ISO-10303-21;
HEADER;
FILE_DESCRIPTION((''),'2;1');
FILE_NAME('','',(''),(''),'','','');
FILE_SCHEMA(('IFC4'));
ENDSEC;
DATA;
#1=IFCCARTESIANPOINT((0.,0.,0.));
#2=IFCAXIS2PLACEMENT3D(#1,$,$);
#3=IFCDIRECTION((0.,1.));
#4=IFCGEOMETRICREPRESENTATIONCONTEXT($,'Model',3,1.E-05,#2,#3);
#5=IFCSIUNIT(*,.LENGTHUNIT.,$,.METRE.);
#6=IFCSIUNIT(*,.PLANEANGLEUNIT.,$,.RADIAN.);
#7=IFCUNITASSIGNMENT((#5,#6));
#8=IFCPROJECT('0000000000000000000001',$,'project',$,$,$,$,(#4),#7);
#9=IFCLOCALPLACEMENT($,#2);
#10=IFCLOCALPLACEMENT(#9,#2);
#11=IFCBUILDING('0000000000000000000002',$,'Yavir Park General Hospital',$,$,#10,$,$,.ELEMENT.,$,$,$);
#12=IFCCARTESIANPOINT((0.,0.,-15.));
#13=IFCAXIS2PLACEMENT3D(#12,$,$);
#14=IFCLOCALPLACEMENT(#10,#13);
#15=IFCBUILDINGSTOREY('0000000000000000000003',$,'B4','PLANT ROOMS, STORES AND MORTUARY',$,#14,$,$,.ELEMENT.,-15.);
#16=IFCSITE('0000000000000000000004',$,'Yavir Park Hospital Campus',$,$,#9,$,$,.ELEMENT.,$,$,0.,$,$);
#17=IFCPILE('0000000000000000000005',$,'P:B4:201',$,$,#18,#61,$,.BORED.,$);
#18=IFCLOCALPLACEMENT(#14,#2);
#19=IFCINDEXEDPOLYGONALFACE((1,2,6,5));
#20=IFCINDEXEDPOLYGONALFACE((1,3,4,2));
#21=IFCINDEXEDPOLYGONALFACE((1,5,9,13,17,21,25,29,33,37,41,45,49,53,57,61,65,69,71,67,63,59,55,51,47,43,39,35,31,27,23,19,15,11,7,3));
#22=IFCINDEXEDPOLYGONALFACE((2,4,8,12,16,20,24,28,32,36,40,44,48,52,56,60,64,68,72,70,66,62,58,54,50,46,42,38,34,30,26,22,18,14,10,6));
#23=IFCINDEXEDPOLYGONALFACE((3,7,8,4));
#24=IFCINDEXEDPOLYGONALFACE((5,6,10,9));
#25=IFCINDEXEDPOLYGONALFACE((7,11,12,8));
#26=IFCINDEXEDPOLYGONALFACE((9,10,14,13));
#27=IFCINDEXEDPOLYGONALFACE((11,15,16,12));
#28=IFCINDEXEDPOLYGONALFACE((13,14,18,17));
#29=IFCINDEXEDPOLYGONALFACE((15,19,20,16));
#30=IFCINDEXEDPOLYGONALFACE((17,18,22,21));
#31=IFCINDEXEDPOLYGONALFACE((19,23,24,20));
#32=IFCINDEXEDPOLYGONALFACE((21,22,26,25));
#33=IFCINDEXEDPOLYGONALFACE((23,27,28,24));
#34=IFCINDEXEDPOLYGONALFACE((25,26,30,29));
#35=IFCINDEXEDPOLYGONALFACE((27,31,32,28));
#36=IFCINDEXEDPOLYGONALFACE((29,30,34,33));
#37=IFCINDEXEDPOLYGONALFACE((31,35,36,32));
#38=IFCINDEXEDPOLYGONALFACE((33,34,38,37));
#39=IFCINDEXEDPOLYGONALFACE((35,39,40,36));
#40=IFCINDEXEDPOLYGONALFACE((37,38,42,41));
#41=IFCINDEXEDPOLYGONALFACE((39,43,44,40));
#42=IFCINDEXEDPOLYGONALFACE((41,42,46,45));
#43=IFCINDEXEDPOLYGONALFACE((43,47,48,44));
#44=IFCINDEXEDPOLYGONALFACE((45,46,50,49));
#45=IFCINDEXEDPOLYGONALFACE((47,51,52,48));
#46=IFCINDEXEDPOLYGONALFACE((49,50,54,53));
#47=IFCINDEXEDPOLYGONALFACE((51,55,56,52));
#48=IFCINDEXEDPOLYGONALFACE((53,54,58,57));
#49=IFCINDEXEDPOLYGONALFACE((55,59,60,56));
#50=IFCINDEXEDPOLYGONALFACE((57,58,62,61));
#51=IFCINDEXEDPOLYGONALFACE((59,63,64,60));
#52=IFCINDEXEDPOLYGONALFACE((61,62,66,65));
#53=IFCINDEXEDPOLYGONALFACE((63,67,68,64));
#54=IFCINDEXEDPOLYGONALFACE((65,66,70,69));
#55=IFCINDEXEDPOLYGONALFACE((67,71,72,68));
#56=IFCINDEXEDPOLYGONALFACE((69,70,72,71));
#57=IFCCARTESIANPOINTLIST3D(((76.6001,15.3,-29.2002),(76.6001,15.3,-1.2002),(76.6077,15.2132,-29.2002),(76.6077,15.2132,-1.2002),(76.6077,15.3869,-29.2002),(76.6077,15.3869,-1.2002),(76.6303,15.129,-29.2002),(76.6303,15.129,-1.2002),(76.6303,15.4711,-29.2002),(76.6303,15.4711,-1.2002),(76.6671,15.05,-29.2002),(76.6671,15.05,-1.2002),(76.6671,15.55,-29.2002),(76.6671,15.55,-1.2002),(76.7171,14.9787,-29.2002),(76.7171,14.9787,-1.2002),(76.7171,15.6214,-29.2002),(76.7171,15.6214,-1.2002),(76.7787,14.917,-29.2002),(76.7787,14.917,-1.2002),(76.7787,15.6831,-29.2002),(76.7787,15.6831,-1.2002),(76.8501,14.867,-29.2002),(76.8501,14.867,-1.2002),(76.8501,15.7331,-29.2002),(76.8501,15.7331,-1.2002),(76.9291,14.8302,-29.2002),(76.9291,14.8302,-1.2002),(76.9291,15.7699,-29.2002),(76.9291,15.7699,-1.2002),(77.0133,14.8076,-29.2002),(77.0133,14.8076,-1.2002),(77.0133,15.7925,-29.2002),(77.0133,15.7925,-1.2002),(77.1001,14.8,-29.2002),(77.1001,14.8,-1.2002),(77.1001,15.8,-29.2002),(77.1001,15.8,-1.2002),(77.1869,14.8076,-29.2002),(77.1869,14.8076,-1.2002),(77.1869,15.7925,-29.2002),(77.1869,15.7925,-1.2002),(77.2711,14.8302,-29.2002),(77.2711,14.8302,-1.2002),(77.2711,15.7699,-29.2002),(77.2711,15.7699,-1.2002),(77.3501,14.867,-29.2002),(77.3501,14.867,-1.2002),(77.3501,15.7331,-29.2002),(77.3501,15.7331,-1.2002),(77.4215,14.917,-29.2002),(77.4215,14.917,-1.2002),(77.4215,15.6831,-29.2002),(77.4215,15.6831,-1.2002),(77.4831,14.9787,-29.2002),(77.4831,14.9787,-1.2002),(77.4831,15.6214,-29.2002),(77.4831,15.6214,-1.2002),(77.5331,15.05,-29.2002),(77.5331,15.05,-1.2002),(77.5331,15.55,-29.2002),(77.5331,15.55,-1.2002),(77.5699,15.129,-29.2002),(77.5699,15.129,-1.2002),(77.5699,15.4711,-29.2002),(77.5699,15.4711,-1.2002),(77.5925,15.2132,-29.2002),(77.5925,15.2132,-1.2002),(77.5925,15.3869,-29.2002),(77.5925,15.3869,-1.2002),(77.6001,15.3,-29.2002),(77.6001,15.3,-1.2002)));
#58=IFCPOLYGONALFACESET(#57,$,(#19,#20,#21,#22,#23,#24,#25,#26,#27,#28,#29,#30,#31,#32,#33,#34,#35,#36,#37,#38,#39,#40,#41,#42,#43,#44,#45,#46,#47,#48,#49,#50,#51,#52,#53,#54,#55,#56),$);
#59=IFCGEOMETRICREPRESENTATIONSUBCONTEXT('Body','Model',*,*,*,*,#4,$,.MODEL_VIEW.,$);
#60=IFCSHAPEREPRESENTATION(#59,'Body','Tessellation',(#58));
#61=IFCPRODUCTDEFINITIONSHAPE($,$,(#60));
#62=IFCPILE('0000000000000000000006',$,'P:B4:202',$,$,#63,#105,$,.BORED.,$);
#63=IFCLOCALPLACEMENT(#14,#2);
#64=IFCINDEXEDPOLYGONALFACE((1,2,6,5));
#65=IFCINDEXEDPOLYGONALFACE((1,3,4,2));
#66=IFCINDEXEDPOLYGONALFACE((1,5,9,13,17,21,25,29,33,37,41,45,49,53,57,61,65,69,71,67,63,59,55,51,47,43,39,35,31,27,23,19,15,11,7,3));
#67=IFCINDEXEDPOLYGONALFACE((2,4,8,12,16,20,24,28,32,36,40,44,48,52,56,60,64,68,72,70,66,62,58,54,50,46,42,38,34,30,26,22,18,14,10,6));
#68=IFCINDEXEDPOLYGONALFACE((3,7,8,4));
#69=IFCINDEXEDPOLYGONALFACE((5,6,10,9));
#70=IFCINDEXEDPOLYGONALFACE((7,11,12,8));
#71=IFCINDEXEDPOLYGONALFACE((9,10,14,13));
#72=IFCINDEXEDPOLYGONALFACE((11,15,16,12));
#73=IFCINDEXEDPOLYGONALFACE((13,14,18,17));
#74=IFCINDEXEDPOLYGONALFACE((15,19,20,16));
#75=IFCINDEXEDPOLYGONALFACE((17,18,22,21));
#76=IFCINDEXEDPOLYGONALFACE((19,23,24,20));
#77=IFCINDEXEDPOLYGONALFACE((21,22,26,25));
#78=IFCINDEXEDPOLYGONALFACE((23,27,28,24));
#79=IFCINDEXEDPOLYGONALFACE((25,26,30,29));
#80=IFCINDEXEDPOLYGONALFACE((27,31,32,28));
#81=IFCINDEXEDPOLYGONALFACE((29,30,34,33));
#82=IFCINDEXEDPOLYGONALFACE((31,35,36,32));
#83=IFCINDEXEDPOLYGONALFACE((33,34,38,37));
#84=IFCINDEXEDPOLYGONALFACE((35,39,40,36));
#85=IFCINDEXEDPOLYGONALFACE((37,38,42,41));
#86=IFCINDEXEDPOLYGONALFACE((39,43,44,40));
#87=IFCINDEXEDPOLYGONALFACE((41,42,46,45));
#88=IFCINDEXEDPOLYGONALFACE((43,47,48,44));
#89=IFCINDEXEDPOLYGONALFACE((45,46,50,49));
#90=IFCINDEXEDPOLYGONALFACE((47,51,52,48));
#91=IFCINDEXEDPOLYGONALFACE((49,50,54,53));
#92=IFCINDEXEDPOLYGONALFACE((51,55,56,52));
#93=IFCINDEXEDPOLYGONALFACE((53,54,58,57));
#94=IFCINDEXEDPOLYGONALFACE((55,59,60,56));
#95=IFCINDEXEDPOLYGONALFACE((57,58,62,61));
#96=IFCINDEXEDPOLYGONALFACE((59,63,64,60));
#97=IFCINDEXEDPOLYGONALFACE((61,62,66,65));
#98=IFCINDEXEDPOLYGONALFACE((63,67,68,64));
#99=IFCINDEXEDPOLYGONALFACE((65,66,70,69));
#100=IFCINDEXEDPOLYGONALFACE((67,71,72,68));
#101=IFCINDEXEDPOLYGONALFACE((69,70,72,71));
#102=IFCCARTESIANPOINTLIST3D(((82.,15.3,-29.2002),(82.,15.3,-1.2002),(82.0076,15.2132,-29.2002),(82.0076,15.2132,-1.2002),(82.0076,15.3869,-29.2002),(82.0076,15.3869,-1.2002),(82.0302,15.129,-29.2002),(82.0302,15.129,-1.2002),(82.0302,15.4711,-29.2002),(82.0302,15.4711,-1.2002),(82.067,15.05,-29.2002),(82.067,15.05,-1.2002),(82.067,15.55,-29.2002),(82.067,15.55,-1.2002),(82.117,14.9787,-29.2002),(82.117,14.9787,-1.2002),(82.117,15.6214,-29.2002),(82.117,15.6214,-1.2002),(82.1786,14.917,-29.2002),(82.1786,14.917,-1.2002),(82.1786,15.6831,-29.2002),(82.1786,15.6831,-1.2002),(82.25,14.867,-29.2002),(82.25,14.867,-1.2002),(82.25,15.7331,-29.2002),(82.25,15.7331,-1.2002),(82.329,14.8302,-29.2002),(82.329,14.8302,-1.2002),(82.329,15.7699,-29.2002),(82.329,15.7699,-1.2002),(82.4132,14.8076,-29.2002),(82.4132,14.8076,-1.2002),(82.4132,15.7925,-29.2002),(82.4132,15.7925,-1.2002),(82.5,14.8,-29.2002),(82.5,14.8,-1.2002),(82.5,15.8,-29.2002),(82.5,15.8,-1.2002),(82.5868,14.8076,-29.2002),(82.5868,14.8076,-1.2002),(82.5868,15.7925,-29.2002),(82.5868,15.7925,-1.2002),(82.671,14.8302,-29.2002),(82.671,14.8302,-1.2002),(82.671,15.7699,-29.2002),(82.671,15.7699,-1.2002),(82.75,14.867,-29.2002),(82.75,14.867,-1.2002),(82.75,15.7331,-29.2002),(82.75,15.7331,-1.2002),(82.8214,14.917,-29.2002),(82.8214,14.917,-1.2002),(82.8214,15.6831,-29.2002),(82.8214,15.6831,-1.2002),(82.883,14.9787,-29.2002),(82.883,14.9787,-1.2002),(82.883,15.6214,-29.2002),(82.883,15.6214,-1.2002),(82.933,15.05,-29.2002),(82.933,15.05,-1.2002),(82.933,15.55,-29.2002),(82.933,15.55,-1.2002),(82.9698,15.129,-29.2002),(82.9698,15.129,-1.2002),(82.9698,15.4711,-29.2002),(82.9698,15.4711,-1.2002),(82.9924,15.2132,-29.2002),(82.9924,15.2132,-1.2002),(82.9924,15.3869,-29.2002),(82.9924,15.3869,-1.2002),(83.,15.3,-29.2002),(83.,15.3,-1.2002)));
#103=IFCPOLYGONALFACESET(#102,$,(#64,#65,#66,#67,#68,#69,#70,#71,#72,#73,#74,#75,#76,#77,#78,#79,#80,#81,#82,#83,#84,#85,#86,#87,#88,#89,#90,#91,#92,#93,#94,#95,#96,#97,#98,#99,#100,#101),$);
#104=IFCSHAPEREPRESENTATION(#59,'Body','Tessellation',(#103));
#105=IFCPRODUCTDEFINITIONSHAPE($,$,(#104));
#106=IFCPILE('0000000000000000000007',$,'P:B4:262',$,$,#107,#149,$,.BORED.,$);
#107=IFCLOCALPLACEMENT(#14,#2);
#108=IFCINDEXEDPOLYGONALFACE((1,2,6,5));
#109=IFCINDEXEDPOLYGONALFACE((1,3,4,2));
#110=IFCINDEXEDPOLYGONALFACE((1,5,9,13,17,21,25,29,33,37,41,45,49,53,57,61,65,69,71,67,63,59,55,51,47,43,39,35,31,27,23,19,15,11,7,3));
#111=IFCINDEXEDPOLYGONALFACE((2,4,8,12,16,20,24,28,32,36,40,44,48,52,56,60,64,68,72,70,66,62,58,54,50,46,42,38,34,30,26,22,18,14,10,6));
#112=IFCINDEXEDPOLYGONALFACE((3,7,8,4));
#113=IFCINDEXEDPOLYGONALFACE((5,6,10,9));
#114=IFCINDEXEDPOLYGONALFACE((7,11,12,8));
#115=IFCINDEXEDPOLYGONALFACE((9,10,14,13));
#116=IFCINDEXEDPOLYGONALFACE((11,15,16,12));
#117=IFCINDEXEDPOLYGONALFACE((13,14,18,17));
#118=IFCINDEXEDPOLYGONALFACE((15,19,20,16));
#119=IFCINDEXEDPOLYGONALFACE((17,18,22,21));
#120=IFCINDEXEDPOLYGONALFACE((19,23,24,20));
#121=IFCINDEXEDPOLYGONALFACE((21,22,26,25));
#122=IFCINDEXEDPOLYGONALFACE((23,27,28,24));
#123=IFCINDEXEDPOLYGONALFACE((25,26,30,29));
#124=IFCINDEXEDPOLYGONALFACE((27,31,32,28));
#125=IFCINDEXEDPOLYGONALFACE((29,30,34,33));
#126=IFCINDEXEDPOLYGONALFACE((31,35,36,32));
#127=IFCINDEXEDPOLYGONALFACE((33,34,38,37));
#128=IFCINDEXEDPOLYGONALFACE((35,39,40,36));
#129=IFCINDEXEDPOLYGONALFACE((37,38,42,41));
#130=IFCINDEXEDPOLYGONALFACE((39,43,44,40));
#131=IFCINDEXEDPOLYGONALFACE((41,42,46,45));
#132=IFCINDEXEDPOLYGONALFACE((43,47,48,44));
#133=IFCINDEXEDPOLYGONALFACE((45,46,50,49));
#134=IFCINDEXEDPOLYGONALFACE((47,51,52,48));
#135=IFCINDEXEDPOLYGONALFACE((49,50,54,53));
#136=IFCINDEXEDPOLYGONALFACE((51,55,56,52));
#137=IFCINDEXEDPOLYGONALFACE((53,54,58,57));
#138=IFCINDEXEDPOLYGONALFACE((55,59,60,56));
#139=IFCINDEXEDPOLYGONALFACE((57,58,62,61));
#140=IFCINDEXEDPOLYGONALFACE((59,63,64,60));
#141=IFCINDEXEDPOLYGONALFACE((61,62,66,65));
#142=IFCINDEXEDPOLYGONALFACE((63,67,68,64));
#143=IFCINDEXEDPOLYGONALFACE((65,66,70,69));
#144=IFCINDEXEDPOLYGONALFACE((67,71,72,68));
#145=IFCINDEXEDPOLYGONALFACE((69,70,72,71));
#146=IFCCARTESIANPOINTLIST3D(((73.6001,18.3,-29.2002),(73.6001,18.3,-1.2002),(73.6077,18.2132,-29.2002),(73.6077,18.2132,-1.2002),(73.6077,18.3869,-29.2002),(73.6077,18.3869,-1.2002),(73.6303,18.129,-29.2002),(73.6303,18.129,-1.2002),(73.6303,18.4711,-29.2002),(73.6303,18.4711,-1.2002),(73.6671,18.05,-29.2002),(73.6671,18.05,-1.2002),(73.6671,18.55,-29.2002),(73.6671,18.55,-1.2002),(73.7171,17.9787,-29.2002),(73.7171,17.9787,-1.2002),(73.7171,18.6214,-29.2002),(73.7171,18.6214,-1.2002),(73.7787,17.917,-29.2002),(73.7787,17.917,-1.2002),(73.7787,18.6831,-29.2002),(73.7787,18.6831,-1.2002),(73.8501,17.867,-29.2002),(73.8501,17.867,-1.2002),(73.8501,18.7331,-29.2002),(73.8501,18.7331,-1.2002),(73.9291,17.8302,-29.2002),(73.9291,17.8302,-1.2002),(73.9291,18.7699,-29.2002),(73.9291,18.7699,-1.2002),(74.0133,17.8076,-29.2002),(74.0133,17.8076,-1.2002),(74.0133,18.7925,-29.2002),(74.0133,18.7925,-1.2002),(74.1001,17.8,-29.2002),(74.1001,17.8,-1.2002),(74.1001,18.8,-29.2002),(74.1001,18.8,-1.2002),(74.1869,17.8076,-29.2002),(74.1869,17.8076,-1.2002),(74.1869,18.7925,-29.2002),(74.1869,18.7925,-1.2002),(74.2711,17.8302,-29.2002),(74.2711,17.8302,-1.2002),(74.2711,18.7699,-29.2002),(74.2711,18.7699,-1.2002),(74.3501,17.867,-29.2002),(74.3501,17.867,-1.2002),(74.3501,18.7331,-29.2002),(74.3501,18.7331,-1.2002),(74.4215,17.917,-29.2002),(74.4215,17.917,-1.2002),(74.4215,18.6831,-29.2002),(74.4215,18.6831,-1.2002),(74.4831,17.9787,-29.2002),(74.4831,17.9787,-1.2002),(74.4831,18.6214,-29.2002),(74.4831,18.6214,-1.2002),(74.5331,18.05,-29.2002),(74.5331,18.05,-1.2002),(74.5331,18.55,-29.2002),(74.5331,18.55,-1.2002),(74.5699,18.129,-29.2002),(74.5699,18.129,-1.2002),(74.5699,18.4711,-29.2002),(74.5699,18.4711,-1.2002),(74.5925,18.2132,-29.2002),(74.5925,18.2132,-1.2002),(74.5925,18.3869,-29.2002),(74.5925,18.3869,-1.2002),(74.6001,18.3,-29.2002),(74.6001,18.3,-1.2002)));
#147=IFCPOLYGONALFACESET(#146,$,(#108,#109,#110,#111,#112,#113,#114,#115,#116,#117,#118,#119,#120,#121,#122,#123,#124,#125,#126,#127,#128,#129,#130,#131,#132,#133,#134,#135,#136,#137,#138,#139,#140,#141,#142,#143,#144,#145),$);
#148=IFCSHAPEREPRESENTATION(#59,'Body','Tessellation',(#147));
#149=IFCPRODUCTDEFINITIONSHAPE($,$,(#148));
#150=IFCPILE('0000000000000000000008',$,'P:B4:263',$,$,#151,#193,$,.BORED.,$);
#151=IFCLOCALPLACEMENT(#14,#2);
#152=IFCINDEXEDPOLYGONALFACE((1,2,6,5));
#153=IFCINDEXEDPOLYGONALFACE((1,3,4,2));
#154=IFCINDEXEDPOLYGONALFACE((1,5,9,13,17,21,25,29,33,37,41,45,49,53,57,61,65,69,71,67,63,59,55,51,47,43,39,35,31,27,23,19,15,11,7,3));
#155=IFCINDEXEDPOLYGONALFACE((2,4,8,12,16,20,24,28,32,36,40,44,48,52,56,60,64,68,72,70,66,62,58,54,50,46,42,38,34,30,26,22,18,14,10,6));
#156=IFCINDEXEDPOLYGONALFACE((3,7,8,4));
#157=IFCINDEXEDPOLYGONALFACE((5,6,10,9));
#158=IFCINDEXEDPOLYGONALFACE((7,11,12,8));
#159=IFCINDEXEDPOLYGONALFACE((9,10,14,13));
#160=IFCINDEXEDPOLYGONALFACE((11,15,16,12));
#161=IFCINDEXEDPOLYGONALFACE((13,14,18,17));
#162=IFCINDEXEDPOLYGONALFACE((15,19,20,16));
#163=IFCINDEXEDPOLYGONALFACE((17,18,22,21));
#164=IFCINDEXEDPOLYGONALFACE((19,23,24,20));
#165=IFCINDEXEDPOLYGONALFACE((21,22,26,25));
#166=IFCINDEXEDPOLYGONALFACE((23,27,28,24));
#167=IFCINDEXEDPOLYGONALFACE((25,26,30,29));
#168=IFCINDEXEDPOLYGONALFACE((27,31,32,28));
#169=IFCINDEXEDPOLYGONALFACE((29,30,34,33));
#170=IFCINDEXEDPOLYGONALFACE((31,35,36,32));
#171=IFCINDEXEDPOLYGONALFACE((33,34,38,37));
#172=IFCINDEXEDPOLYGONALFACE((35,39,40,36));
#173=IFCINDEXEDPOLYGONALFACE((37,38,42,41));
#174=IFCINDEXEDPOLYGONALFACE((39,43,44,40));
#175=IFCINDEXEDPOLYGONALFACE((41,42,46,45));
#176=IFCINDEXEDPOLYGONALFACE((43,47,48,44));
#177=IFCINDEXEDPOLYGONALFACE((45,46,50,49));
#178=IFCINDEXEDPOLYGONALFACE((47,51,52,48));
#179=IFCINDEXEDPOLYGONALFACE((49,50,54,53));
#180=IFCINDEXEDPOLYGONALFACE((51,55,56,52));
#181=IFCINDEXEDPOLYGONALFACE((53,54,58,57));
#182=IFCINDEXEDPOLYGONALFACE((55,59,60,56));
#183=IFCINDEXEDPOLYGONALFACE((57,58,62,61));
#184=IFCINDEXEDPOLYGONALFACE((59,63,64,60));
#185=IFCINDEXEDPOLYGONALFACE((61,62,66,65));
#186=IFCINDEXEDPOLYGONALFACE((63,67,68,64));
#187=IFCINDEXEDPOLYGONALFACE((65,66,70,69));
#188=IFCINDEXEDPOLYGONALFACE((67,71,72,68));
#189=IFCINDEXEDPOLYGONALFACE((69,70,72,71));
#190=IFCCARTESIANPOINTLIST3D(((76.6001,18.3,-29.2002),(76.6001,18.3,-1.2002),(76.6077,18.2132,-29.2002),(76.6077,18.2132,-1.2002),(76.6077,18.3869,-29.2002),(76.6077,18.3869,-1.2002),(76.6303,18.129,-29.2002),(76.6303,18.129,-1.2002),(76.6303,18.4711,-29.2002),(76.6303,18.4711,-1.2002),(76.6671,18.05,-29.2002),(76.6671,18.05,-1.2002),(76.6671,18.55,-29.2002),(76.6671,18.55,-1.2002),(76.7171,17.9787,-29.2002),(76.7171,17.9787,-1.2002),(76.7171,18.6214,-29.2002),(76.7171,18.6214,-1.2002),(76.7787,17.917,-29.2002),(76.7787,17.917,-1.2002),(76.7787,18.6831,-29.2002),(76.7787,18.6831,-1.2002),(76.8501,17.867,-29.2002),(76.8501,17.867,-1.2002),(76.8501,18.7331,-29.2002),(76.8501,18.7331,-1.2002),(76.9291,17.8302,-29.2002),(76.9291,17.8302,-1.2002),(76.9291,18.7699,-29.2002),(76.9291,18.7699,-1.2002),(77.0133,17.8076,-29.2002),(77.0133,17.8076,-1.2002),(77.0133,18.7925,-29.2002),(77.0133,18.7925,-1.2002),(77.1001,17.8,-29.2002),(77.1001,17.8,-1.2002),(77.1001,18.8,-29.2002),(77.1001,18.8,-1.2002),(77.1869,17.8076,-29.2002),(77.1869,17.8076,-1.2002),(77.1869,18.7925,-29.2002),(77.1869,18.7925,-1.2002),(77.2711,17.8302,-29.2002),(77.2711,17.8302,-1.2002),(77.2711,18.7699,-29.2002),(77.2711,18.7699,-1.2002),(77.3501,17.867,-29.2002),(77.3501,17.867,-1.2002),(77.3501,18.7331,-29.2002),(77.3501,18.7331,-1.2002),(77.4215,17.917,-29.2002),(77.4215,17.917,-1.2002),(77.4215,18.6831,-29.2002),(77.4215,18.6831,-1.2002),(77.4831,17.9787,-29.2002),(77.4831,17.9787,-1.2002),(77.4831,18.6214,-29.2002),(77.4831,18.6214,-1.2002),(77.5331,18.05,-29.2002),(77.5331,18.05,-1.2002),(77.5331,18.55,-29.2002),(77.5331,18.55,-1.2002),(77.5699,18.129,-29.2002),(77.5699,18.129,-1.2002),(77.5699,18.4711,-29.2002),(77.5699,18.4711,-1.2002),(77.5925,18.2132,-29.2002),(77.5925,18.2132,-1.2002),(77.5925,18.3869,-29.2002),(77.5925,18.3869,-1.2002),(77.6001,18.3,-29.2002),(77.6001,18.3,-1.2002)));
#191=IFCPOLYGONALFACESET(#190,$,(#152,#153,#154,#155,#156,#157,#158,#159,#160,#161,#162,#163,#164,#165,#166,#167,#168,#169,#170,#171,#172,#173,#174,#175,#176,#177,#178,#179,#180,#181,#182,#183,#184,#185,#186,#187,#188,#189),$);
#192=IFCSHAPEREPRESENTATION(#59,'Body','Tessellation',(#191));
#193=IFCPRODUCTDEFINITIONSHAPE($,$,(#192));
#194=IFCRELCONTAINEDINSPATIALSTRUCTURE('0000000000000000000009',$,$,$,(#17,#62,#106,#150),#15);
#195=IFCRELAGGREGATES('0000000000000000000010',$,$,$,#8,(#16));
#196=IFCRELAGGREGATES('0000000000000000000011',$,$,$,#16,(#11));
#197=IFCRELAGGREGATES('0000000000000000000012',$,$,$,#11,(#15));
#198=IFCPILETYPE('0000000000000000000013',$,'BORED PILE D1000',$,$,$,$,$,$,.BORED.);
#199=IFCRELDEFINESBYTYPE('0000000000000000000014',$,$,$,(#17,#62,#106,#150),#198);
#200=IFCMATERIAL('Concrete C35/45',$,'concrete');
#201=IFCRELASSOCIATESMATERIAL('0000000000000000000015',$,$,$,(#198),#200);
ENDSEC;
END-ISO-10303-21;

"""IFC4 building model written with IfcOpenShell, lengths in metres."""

from ifc_helpers import new_model, si_unit, direction, frame, origin, origin_2d, place, context, subcontext, project, spatial, circle, extrude, material, material_profile, profile_set, type_object, element, save


model = new_model("IFC4")

# Units and contexts
model_context = context("Model", 3, precision=1e-05, world=origin(), true_north=direction((0.0, 1.0)))
body_context = subcontext(model_context, "Body", "Model", "MODEL_VIEW")
ifc_project = project(units=[si_unit("LENGTHUNIT", "METRE"), si_unit("PLANEANGLEUNIT", "RADIAN")], contexts=[model_context])

# Site, building, storey
site_placement = place(None, origin())
site = spatial("IfcSite", under=ifc_project, at=site_placement, Name="Yavir Park Hospital Campus", CompositionType="ELEMENT", RefElevation=0.0)
building_placement = place(site_placement, origin())
building = spatial("IfcBuilding", under=site, at=building_placement, Name="Yavir Park General Hospital", CompositionType="ELEMENT")
storey_placement = place(building_placement, frame((0.0, 0.0, -15.0)))
storey = spatial("IfcBuildingStorey", under=building, at=storey_placement, Name="B4", Description="PLANT ROOMS, STORES AND MORTUARY", CompositionType="ELEMENT", Elevation=-15.0)

# Piles
ifc_material_1 = material(Name="Concrete C35/45", Category="concrete")
ifc_material_profile_1 = material_profile(ifc_material_1, circle(Radius=0.5, at=origin_2d()), Name="D1000")
ifc_profile_set_1 = profile_set([ifc_material_profile_1], Name="Concrete C35/45")
pile_type_1 = type_object("IfcPileType", Name="BORED PILE D1000", PredefinedType="BORED", material=ifc_profile_set_1)
for number, where, z_axis, x_axis, name in (
    (1, (77.1001, 15.3, -1.2002), (0.0, 0.0, -1.0), (1.0, 0.0, 0.0), "P:B4:201"),
    (2, (82.5, 15.3, -1.2002), (0.0, 0.0, -1.0), (1.0, 0.0, 0.0), "P:B4:202"),
    (3, (74.1001, 18.3, -1.2002), (0.0, 0.0, -1.0), (1.0, 0.0, 0.0), "P:B4:262"),
    (4, (77.1001, 18.3, -1.2002), (0.0, 0.0, -1.0), (1.0, 0.0, 0.0), "P:B4:263"),
):
    element("IfcPile", number, at=place(storey_placement, frame(where, z_axis=z_axis, x_axis=x_axis)), inside=storey, type_object=pile_type_1, Name=name, PredefinedType="BORED", context=body_context, shape_type="SweptSolid", body=[
        extrude(circle(Radius=0.5, at=origin_2d()), origin(), (0.0, 0.0, 1.0), 28.0),
    ])

save(model, "model.ifc")
